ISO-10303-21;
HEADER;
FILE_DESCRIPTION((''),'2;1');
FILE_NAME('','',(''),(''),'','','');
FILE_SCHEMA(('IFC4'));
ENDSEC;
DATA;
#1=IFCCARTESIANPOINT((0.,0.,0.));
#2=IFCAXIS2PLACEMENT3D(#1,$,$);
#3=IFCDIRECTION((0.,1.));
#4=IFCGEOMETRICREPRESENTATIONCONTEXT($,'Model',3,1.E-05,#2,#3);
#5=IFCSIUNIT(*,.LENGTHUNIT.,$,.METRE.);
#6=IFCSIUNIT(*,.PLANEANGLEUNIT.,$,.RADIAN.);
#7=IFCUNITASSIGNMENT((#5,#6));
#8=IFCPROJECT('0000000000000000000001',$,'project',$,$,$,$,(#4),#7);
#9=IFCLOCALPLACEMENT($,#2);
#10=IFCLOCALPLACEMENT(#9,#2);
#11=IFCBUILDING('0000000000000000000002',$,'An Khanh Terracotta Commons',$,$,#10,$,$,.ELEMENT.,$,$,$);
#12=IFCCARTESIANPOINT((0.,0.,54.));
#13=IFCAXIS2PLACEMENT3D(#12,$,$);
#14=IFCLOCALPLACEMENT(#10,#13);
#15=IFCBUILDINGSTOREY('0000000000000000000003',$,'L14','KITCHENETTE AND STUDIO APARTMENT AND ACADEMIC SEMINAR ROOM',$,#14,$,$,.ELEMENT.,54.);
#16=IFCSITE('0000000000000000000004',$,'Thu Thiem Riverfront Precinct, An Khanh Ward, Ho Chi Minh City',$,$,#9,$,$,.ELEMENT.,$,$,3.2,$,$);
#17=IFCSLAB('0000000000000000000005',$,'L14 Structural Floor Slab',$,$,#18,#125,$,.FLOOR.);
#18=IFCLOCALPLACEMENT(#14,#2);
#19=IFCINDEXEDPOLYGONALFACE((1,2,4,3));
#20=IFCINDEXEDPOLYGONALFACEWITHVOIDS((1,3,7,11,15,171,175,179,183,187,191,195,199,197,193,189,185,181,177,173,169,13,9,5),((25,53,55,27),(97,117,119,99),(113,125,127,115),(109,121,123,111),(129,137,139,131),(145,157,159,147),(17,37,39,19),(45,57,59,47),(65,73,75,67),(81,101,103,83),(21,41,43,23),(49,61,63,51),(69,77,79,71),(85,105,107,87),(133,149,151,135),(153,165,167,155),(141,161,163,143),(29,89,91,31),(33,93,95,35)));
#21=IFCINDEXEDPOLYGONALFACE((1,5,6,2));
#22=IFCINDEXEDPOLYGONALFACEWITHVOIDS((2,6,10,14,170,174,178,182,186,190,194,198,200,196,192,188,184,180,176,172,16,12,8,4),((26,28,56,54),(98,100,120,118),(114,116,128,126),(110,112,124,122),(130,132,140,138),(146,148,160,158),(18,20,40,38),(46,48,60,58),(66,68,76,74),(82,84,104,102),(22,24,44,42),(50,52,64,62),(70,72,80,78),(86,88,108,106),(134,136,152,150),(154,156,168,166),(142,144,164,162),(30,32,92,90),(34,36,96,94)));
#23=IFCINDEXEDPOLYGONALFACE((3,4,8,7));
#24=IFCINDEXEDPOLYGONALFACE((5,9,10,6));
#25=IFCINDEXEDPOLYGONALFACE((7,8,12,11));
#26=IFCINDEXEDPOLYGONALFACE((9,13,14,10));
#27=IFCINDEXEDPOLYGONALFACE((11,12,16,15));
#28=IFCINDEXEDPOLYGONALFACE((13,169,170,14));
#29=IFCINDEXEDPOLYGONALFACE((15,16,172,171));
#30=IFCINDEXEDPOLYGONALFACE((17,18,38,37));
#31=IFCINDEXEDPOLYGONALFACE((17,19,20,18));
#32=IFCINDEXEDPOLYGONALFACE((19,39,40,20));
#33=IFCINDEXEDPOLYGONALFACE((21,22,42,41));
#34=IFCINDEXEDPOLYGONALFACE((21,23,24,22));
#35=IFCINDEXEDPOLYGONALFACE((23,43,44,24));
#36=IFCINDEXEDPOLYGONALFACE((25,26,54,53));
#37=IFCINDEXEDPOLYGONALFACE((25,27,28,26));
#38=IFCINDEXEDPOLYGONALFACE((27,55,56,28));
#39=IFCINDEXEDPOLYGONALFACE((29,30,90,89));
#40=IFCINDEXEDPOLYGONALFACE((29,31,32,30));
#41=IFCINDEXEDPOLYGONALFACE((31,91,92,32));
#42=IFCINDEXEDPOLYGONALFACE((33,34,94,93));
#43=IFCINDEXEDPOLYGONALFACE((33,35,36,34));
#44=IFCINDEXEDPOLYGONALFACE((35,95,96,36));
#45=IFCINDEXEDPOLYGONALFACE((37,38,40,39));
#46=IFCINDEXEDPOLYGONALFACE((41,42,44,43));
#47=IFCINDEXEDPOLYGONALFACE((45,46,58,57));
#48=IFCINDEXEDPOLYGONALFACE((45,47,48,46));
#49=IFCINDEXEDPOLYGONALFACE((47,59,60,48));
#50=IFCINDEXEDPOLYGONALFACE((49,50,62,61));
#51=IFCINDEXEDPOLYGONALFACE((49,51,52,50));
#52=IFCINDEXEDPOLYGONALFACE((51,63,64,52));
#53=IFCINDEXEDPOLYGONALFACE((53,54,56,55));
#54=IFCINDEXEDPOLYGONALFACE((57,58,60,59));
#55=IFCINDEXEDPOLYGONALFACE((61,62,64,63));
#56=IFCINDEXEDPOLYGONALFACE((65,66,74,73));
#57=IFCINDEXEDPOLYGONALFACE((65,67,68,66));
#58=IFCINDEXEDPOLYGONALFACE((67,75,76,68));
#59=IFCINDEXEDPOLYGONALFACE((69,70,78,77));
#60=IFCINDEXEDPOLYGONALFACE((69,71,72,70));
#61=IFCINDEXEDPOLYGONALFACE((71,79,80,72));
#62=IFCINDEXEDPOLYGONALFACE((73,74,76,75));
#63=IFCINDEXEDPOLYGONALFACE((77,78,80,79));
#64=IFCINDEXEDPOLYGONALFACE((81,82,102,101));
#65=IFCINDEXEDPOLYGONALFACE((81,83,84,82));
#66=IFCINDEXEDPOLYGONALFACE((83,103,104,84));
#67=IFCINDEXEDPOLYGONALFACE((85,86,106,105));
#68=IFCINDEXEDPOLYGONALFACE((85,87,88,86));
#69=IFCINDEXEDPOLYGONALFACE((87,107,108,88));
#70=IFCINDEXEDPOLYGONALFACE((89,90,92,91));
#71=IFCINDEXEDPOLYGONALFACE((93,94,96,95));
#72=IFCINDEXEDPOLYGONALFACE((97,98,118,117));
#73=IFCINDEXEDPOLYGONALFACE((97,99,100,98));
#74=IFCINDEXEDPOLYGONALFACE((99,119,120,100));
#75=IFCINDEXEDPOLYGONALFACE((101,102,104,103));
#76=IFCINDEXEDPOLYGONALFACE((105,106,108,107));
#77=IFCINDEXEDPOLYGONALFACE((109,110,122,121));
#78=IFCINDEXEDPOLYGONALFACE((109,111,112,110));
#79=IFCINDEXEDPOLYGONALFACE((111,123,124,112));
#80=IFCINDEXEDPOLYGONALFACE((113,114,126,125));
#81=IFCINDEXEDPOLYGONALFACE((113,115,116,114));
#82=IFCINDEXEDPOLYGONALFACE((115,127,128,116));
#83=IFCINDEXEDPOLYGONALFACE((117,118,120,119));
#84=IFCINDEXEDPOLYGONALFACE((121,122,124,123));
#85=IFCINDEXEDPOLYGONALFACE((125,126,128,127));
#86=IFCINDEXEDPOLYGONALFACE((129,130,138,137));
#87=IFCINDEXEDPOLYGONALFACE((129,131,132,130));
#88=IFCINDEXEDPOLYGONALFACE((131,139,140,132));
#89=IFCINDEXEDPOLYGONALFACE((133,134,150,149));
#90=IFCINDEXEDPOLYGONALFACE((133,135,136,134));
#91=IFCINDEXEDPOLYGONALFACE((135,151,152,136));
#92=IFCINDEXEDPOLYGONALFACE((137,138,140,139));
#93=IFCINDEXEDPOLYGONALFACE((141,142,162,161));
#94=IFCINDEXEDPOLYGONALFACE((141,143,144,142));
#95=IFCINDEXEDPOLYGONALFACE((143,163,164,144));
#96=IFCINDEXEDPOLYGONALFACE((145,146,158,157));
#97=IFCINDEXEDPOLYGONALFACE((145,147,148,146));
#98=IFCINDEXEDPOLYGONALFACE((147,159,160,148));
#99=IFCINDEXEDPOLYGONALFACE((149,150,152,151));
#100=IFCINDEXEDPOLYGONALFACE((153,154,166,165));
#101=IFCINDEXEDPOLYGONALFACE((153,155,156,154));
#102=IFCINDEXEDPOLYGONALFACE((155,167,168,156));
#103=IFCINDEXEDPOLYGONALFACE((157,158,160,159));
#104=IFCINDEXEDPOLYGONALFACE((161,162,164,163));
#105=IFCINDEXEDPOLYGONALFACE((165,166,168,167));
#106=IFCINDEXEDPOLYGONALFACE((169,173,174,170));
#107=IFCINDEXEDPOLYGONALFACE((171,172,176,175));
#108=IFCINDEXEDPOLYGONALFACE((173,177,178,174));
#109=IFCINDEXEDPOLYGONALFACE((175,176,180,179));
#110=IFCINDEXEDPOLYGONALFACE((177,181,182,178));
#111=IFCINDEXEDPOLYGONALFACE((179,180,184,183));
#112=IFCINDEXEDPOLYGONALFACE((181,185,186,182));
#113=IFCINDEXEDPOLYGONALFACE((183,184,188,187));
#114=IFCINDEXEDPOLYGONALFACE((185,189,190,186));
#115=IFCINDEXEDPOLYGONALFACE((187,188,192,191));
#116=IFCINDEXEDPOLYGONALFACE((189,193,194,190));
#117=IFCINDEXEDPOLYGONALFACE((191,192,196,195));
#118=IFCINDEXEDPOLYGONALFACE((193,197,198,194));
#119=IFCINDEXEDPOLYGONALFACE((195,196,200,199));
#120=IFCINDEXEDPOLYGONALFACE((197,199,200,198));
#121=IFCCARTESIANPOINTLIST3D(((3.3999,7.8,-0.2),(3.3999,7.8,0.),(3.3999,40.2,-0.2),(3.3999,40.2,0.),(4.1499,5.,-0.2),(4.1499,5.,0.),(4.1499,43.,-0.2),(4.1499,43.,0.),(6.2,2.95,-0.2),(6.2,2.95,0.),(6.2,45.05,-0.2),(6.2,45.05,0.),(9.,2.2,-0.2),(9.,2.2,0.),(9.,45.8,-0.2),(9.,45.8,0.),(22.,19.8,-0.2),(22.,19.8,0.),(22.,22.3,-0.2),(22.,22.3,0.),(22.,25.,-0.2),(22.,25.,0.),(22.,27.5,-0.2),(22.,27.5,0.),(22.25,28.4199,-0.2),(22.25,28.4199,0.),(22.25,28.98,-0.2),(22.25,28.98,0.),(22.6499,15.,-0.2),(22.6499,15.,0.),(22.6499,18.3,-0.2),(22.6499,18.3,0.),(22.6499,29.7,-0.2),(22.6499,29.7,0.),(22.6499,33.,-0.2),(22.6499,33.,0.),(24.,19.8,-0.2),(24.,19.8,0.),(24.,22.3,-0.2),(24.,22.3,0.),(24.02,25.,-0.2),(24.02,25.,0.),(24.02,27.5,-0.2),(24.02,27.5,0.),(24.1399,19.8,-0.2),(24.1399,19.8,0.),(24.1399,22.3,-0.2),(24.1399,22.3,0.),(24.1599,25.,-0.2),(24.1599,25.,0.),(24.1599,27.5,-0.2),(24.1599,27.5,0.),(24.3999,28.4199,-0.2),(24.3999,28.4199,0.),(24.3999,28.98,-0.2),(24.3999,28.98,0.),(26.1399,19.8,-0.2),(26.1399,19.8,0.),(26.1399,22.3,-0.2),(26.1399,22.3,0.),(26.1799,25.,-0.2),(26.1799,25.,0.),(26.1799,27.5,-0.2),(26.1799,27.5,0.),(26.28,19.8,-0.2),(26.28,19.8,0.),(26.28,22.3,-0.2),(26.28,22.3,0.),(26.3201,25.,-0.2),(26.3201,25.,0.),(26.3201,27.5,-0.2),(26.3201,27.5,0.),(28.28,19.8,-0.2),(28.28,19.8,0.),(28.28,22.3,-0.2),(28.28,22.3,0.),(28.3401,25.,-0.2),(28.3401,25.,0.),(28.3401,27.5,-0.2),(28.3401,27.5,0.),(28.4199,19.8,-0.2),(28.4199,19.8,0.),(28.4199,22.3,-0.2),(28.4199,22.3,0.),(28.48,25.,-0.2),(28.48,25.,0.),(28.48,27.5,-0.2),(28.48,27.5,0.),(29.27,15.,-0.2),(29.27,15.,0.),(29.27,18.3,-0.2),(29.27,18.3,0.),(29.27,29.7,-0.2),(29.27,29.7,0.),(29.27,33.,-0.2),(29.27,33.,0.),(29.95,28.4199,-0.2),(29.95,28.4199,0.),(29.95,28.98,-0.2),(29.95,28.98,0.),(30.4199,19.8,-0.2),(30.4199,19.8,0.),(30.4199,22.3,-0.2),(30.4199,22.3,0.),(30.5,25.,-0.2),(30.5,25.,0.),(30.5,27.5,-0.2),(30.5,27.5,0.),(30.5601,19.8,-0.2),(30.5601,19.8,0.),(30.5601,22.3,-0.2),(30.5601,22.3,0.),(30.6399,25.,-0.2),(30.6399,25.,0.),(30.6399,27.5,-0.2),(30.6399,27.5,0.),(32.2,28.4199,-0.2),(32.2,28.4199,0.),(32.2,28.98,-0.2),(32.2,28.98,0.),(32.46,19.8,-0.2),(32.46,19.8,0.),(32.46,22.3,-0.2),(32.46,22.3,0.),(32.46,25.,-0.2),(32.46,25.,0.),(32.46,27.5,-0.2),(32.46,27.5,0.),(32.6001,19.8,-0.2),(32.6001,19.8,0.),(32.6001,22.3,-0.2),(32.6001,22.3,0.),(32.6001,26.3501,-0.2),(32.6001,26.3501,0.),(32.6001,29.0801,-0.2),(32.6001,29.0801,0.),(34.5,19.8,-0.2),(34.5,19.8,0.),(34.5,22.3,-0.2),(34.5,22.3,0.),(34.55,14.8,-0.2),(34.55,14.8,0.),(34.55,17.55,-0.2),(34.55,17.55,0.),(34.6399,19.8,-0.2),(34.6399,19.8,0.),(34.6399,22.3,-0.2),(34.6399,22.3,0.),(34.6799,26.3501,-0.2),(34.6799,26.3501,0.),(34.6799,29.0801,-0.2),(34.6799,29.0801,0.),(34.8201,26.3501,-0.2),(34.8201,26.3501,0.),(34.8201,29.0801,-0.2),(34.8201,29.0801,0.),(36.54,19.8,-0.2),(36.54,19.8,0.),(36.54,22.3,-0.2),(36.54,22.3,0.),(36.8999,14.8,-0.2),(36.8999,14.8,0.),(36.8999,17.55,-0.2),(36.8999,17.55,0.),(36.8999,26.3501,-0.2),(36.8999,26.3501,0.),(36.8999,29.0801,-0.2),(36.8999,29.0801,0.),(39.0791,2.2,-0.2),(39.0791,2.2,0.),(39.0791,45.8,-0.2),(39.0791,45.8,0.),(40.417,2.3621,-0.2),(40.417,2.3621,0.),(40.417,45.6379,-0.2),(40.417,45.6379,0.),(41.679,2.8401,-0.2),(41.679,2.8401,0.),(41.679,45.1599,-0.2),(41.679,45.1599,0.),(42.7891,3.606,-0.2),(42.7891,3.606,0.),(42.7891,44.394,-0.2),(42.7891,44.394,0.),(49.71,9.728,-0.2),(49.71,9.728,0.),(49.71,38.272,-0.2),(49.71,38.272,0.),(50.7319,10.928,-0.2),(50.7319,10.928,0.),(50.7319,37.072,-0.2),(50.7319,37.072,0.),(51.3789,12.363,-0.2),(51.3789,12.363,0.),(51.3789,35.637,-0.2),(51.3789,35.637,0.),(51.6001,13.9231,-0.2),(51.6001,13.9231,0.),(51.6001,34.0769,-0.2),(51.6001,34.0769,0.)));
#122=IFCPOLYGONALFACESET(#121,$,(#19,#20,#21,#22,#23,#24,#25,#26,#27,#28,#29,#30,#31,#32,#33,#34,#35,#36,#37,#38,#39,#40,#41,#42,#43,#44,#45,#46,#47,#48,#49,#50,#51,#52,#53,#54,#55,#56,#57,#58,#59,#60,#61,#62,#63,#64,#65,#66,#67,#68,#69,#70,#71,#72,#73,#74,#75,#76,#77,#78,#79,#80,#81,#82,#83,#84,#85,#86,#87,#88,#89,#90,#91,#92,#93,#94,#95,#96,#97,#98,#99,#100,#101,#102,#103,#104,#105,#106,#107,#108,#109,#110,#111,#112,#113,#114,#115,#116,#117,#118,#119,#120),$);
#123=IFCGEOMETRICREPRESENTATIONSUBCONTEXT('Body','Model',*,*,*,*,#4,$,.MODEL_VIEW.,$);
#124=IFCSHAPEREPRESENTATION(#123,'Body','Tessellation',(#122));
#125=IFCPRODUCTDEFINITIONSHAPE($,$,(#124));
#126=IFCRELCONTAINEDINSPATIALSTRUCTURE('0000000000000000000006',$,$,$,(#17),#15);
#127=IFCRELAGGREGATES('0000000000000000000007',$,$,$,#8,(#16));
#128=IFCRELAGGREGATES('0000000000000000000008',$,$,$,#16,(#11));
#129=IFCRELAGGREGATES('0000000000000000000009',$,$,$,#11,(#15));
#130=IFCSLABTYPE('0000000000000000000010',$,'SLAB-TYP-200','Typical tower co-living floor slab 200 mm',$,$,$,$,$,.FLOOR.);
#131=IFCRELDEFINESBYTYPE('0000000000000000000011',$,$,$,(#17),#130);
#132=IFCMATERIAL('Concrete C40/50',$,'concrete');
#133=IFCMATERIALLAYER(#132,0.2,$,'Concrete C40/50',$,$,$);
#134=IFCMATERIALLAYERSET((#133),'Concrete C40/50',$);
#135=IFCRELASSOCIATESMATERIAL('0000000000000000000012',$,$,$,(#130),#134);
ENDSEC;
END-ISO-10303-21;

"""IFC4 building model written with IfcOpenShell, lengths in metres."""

from ifc_helpers import new_model, si_unit, direction, frame, origin, place, context, subcontext, project, spatial, polyline, outline, extrude, material, layer, layer_set, type_object, element, save


model = new_model("IFC4")

# Units and contexts
model_context = context("Model", 3, precision=1e-05, world=origin(), true_north=direction((0.0, 1.0)))
body_context = subcontext(model_context, "Body", "Model", "MODEL_VIEW")
ifc_project = project(units=[si_unit("LENGTHUNIT", "METRE"), si_unit("PLANEANGLEUNIT", "RADIAN")], contexts=[model_context])

# Site, building, storey
site_placement = place(None, origin())
site = spatial("IfcSite", under=ifc_project, at=site_placement, Name="Thu Thiem Riverfront Precinct, An Khanh Ward, Ho Chi Minh City", CompositionType="ELEMENT", RefElevation=3.2)
building_placement = place(site_placement, origin())
building = spatial("IfcBuilding", under=site, at=building_placement, Name="An Khanh Terracotta Commons", CompositionType="ELEMENT")
storey_placement = place(building_placement, frame((0.0, 0.0, 54.0)))
storey = spatial("IfcBuildingStorey", under=building, at=storey_placement, Name="L14", Description="KITCHENETTE AND STUDIO APARTMENT AND ACADEMIC SEMINAR ROOM", CompositionType="ELEMENT", Elevation=54.0)

# Shared definitions
ifc_material_1 = material(Name="Concrete C40/50", Category="concrete")

# Slab
ifc_layer_1 = layer(ifc_material_1, 0.2, Name="Concrete C40/50")
ifc_layer_set_1 = layer_set([ifc_layer_1], Name="Concrete C40/50")
slab_type_1 = type_object("IfcSlabType", Name="SLAB-TYP-200", Description="Typical tower co-living floor slab 200 mm", PredefinedType="FLOOR", material=ifc_layer_set_1)
slab_1_placement = place(storey_placement, frame((0.0, 0.0, -0.2)))
element("IfcSlab", 1, at=slab_1_placement, inside=storey, type_object=slab_type_1, Name="L14 Structural Floor Slab", PredefinedType="FLOOR", context=body_context, shape_type="SweptSolid", body=[
    extrude(outline(polyline([(3.3999, 7.8), (4.1499, 5.0), (6.2, 2.95), (9.0, 2.2), (39.0791, 2.2), (40.417, 2.3621), (41.679, 2.8401), (42.7891, 3.606), (49.71, 9.728), (50.7319, 10.928), (51.3789, 12.363), (51.6001, 13.9231), (51.6001, 34.0769), (51.3789, 35.637), (50.7319, 37.072), (49.71, 38.272), (42.7891, 44.394), (41.679, 45.1599), (40.417, 45.6379), (39.0791, 45.8), (9.0, 45.8), (6.2, 45.05), (4.1499, 43.0), (3.3999, 40.2), (3.3999, 7.8)]), holes=[polyline([(22.6499, 29.7), (29.27, 29.7), (29.27, 33.0), (22.6499, 33.0), (22.6499, 29.7)]), polyline([(22.6499, 15.0), (29.27, 15.0), (29.27, 18.3), (22.6499, 18.3), (22.6499, 15.0)]), polyline([(32.6001, 26.3501), (34.6799, 26.3501), (34.6799, 29.0801), (32.6001, 29.0801), (32.6001, 26.3501)]), polyline([(34.8201, 26.3501), (36.8999, 26.3501), (36.8999, 29.0801), (34.8201, 29.0801), (34.8201, 26.3501)]), polyline([(34.55, 14.8), (36.8999, 14.8), (36.8999, 17.55), (34.55, 17.55), (34.55, 14.8)]), polyline([(22.0, 25.0), (24.02, 25.0), (24.02, 27.5), (22.0, 27.5), (22.0, 25.0)]), polyline([(24.1599, 25.0), (26.1799, 25.0), (26.1799, 27.5), (24.1599, 27.5), (24.1599, 25.0)]), polyline([(22.0, 19.8), (24.0, 19.8), (24.0, 22.3), (22.0, 22.3), (22.0, 19.8)]), polyline([(24.1399, 19.8), (26.1399, 19.8), (26.1399, 22.3), (24.1399, 22.3), (24.1399, 19.8)]), polyline([(26.3201, 25.0), (28.3401, 25.0), (28.3401, 27.5), (26.3201, 27.5), (26.3201, 25.0)]), polyline([(28.48, 25.0), (30.5, 25.0), (30.5, 27.5), (28.48, 27.5), (28.48, 25.0)]), polyline([(26.28, 19.8), (28.28, 19.8), (28.28, 22.3), (26.28, 22.3), (26.28, 19.8)]), polyline([(28.4199, 19.8), (30.4199, 19.8), (30.4199, 22.3), (28.4199, 22.3), (28.4199, 19.8)]), polyline([(30.6399, 25.0), (32.46, 25.0), (32.46, 27.5), (30.6399, 27.5), (30.6399, 25.0)]), polyline([(30.5601, 19.8), (32.46, 19.8), (32.46, 22.3), (30.5601, 22.3), (30.5601, 19.8)]), polyline([(32.6001, 19.8), (34.5, 19.8), (34.5, 22.3), (32.6001, 22.3), (32.6001, 19.8)]), polyline([(34.6399, 19.8), (36.54, 19.8), (36.54, 22.3), (34.6399, 22.3), (34.6399, 19.8)]), polyline([(22.25, 28.4199), (24.3999, 28.4199), (24.3999, 28.98), (22.25, 28.98), (22.25, 28.4199)]), polyline([(29.95, 28.4199), (32.2, 28.4199), (32.2, 28.98), (29.95, 28.98), (29.95, 28.4199)])]), origin(), (0.0, 0.0, 1.0), 0.2),
])

save(model, "model.ifc")
